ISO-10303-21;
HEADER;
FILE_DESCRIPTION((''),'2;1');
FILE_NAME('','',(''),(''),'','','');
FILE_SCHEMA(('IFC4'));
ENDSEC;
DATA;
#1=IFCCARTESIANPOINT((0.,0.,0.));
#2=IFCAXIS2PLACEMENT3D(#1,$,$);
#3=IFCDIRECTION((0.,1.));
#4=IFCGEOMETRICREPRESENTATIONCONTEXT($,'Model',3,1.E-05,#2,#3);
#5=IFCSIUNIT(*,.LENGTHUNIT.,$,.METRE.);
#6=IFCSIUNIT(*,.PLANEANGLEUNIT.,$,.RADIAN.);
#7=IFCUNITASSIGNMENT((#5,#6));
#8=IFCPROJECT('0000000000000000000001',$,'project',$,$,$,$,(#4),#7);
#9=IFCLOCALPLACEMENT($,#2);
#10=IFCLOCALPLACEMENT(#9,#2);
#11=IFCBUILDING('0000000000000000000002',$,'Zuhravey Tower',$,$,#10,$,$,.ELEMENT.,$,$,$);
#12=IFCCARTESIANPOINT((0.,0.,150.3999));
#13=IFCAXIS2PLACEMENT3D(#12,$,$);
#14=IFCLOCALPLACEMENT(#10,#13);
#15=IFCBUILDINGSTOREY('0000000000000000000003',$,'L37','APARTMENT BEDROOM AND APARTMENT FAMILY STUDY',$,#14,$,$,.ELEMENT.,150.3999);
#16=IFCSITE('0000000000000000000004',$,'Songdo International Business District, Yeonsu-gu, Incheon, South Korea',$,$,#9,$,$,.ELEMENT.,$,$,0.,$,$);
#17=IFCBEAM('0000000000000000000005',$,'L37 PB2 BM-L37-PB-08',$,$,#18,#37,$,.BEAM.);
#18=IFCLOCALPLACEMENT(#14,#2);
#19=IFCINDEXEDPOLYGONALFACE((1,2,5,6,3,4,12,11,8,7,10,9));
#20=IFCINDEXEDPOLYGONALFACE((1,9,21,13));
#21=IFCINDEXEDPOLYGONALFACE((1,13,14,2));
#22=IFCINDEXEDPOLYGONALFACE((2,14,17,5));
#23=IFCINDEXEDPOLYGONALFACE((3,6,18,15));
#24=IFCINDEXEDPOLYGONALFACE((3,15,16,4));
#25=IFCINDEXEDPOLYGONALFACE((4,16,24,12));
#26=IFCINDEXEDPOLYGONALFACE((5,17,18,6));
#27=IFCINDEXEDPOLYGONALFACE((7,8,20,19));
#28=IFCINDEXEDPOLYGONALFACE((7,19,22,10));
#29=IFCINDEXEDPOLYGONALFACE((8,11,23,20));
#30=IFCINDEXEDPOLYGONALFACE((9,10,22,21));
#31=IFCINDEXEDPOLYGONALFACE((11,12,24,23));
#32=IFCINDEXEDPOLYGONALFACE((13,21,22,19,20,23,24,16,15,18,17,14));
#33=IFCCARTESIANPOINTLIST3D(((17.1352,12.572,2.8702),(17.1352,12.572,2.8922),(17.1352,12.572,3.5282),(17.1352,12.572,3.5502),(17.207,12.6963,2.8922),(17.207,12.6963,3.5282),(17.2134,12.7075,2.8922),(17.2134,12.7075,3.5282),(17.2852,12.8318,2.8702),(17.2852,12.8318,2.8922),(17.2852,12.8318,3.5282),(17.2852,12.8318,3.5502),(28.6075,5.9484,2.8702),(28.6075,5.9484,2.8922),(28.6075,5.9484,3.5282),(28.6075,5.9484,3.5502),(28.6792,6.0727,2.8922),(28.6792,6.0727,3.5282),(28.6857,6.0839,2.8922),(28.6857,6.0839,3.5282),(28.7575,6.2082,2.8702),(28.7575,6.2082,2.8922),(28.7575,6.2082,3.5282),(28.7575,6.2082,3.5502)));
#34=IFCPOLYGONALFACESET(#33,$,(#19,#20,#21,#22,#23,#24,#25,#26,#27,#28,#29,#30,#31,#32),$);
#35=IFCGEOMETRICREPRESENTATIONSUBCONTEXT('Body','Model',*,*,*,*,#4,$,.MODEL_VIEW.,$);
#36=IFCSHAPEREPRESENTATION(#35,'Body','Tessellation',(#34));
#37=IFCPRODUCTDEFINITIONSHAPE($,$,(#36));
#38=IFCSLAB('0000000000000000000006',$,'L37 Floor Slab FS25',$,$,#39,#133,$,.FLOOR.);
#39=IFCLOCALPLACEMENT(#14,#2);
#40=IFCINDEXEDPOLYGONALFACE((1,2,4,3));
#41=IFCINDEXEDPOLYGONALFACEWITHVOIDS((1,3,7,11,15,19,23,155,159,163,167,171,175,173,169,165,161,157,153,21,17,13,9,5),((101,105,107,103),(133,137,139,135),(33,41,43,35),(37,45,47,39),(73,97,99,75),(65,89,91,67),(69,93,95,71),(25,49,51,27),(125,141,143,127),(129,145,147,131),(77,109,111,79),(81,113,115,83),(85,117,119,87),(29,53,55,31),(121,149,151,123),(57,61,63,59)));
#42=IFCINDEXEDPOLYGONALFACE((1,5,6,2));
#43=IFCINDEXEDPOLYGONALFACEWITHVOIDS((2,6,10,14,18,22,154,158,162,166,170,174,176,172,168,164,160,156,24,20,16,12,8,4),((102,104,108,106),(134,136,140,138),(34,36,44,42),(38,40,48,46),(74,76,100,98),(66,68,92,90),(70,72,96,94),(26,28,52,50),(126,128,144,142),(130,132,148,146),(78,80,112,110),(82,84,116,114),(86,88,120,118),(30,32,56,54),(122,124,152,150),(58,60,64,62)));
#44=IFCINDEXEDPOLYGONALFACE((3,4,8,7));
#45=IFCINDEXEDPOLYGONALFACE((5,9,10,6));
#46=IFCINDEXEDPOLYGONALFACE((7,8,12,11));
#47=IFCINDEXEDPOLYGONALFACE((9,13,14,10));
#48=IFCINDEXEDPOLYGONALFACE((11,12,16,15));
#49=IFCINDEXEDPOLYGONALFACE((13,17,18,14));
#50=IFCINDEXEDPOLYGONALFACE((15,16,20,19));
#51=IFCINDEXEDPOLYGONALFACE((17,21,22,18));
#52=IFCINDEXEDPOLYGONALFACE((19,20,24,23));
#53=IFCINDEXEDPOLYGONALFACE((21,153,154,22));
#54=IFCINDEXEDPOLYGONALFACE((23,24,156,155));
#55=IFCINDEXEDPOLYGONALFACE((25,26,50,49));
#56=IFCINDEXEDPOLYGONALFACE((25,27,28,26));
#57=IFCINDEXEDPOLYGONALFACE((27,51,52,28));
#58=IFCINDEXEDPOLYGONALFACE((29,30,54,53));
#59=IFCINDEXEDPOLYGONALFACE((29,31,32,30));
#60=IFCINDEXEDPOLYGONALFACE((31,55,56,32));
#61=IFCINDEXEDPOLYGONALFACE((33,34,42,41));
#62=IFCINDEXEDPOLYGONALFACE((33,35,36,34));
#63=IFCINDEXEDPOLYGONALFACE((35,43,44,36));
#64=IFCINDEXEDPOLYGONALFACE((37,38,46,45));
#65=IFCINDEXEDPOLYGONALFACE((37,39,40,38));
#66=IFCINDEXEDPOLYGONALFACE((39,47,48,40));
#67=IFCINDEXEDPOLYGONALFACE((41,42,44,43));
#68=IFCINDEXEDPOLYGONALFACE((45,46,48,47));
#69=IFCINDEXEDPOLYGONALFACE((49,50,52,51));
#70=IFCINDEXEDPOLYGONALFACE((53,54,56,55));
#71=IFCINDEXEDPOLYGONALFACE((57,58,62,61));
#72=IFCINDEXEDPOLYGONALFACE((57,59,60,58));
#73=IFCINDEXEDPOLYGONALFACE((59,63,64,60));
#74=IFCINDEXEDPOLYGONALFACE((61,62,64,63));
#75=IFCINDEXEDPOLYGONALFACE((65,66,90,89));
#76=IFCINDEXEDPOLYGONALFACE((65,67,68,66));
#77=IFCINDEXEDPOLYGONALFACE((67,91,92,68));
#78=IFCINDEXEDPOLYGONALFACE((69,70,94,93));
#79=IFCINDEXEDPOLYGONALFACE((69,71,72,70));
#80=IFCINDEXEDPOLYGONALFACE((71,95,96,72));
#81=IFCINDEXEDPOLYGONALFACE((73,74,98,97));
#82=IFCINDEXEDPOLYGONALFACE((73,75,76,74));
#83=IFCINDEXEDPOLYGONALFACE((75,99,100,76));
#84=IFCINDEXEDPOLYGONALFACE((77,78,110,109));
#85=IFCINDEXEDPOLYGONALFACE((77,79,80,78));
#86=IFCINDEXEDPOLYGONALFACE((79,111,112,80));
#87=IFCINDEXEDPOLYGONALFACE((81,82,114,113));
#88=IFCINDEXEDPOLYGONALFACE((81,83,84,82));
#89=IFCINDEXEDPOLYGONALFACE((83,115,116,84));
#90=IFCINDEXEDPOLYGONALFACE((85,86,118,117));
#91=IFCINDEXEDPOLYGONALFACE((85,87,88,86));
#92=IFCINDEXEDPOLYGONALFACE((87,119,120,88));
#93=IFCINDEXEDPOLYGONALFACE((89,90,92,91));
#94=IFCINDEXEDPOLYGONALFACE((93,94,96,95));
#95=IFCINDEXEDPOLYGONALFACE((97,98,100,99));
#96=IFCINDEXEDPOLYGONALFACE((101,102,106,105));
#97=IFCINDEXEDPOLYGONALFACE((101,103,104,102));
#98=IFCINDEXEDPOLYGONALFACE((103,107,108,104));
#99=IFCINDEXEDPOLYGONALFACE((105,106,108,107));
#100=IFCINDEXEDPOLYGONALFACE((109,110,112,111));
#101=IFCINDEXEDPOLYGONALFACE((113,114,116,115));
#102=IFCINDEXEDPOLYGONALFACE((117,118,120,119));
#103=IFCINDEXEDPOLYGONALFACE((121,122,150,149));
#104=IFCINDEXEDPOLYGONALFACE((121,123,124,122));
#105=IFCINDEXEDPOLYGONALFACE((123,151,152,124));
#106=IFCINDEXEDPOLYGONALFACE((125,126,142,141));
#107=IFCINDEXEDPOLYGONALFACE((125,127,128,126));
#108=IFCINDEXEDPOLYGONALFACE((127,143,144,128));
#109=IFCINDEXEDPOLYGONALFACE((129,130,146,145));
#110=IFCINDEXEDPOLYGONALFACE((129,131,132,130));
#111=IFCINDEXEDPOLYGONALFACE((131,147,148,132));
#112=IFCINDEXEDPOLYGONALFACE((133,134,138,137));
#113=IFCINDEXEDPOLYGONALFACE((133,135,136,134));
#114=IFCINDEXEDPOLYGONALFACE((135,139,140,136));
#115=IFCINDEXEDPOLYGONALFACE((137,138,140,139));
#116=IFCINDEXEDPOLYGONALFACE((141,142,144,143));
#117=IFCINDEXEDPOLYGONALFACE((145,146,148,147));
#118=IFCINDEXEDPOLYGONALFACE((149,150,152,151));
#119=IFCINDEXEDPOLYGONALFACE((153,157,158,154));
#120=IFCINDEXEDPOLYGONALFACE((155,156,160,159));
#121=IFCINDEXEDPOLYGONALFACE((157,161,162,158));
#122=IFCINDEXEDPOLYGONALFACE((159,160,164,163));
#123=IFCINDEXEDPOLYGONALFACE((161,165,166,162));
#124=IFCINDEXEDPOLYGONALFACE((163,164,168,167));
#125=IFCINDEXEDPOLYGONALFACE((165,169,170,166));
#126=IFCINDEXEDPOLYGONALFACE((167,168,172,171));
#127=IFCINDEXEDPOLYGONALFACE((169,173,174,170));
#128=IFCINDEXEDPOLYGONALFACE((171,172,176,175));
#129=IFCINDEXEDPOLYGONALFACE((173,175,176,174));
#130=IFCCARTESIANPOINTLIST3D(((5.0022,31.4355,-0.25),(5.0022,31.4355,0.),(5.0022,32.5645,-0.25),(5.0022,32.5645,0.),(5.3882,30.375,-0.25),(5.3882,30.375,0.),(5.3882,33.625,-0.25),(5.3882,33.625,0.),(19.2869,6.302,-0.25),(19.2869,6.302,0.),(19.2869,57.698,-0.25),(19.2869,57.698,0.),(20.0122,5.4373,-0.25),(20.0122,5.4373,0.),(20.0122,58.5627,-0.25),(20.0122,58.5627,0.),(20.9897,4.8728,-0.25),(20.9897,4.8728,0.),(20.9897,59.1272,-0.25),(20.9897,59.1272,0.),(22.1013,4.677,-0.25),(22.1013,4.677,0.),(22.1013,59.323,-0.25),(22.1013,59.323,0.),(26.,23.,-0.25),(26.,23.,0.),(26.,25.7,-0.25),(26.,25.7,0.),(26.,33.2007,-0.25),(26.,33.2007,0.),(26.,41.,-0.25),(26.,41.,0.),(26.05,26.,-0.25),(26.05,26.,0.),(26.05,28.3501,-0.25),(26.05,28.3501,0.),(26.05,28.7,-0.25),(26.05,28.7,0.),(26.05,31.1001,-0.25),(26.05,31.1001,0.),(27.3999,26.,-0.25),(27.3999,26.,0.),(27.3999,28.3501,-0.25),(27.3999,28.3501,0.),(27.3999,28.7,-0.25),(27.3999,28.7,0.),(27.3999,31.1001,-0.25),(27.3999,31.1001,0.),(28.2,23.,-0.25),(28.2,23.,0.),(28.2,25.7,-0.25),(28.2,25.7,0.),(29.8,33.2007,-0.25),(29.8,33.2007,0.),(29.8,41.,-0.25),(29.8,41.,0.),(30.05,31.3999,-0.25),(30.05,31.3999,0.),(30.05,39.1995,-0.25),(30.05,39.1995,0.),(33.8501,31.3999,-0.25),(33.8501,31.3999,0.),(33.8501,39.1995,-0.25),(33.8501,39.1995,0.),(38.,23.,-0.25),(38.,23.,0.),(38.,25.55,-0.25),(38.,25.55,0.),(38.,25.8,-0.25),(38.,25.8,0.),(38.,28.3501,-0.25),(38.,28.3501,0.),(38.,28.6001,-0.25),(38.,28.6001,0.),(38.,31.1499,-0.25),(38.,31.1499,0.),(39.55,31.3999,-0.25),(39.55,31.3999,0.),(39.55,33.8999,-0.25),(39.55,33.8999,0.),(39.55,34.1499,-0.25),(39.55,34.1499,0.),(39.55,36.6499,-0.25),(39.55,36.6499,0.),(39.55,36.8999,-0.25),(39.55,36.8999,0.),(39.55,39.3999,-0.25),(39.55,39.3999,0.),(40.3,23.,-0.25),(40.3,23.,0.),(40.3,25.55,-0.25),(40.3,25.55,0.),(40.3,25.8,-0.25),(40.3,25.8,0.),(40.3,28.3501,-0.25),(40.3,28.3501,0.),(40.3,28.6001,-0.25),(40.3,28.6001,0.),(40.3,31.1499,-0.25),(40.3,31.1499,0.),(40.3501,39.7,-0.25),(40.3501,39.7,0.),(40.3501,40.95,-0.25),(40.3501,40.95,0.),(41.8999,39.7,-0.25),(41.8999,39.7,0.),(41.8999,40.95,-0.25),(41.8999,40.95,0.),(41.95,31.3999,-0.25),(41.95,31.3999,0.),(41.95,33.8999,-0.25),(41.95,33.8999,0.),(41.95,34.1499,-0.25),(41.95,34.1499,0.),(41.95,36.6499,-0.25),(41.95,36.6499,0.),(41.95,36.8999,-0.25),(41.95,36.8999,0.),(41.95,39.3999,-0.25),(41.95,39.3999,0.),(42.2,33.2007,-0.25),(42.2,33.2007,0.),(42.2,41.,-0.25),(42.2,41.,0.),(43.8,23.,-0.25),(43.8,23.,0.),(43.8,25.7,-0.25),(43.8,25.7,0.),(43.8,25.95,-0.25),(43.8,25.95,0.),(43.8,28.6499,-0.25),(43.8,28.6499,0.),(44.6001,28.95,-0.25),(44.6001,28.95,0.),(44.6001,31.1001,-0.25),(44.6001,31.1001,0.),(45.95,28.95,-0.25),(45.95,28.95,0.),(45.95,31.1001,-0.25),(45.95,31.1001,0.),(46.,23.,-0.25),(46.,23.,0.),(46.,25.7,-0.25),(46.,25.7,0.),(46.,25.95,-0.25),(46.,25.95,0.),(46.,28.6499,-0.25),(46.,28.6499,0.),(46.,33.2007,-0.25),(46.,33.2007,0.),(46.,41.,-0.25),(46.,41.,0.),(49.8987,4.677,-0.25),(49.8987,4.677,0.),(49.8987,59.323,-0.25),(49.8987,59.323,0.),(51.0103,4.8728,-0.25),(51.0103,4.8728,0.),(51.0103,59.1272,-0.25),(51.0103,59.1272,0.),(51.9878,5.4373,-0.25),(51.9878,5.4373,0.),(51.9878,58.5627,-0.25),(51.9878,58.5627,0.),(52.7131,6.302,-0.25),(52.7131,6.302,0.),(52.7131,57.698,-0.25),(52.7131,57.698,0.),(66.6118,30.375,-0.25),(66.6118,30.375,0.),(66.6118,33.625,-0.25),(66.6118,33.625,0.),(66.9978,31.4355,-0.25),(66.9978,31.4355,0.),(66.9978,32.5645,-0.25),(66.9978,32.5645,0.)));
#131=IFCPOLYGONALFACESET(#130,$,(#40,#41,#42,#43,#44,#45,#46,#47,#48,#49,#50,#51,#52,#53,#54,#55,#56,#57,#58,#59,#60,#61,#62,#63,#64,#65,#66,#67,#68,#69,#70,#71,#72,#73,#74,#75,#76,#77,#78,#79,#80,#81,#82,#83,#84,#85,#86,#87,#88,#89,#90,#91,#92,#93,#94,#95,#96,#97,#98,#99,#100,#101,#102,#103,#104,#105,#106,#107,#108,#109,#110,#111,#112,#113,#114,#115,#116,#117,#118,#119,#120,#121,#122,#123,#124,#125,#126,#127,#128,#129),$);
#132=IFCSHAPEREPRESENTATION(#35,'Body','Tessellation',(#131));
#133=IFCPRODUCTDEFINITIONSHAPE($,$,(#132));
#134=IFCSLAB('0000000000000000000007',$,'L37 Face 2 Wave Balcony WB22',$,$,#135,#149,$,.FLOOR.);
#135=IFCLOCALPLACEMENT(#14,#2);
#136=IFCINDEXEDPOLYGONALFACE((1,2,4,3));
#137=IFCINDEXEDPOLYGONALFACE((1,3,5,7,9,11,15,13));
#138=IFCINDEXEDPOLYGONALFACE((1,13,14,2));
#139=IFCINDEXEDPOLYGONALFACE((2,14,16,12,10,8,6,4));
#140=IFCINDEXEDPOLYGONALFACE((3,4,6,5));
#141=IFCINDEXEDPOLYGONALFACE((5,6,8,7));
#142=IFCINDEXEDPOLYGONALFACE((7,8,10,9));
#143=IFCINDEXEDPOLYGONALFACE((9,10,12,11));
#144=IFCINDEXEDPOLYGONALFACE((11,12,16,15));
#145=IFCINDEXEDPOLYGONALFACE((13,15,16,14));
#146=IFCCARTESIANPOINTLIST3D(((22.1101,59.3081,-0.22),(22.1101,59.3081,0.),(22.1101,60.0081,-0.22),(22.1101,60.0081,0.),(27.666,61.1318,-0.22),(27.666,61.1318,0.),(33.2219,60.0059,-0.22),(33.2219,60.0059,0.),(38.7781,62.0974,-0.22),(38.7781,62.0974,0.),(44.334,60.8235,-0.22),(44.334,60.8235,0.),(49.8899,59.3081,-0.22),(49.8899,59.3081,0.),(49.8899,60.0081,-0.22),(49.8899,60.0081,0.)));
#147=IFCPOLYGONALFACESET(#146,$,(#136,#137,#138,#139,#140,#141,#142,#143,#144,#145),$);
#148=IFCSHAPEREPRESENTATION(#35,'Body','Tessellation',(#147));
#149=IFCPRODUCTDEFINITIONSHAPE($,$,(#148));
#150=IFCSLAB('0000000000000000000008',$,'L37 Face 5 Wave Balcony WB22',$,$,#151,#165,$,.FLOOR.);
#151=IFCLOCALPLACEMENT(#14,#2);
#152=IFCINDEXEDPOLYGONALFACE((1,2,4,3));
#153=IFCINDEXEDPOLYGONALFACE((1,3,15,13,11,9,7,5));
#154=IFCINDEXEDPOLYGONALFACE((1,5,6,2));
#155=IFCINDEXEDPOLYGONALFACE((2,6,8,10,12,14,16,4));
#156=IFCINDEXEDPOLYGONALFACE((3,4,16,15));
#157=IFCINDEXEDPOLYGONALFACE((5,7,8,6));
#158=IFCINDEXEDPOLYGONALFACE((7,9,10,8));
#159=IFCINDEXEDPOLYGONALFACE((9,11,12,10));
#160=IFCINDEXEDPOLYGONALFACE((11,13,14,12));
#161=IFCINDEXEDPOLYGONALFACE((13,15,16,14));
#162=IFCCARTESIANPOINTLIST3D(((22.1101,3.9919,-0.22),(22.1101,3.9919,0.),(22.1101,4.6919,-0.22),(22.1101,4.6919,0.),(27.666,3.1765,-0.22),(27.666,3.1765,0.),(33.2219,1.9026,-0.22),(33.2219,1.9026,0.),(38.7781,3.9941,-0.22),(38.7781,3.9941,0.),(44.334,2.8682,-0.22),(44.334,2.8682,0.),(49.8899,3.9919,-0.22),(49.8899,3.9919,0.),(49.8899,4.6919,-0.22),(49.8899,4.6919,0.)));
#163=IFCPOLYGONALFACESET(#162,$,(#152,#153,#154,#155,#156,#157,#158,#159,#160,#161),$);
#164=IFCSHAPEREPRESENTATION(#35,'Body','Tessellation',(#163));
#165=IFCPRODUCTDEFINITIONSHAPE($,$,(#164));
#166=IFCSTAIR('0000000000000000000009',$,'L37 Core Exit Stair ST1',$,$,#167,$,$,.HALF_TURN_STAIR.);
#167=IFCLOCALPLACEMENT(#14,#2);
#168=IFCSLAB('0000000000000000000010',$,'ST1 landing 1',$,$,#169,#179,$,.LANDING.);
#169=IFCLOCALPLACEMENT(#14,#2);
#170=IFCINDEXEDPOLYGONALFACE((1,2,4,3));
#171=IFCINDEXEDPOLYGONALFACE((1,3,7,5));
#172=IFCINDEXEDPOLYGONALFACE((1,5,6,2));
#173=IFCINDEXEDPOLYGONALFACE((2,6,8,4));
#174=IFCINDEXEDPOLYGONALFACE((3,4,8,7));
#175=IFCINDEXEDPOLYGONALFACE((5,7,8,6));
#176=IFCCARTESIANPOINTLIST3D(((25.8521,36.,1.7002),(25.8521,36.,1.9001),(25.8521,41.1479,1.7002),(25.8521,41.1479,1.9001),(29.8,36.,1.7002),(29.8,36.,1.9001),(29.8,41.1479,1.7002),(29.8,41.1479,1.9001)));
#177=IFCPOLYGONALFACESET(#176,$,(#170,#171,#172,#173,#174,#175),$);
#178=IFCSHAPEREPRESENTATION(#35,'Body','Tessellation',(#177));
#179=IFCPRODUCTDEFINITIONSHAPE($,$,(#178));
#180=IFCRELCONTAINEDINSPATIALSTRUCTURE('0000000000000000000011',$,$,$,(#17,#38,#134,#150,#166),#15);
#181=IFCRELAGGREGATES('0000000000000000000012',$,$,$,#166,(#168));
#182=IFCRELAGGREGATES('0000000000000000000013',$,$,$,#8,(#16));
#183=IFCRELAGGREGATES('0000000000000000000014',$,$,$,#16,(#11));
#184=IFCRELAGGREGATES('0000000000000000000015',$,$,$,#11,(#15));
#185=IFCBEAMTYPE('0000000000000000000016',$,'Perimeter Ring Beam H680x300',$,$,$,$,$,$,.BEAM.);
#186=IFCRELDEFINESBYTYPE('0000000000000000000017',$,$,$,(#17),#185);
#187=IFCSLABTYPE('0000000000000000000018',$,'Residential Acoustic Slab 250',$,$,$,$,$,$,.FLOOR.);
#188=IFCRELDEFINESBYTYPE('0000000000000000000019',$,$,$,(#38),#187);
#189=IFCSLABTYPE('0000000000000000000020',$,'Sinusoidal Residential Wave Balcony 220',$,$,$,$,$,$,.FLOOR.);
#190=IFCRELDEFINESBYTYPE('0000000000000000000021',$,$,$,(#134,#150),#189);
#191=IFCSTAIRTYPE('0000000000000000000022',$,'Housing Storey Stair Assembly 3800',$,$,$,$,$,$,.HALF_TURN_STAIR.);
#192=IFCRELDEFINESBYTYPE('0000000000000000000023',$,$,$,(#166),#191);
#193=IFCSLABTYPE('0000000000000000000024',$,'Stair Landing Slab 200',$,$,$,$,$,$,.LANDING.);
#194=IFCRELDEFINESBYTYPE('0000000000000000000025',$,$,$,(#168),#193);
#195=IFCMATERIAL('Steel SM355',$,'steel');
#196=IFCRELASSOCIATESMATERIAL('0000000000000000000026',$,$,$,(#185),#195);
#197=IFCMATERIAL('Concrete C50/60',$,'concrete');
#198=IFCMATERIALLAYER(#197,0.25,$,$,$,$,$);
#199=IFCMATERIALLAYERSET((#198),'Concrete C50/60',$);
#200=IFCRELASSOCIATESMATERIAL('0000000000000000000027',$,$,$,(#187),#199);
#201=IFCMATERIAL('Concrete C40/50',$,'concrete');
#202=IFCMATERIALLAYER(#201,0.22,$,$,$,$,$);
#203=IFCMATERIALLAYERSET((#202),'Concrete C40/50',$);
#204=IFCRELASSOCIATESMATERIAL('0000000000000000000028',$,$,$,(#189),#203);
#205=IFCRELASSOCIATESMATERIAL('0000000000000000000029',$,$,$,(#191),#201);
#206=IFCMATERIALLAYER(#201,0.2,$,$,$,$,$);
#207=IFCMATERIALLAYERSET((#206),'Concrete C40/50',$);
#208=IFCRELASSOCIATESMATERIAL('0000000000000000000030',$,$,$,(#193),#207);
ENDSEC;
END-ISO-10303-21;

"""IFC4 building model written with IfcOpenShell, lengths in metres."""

from ifc_helpers import new_model, si_unit, direction, frame, origin, origin_2d, place, context, subcontext, project, spatial, polyline, i_section, outline, extrude, material, layer, layer_set, material_profile, profile_set, type_object, element, aggregate, save


model = new_model("IFC4")

# Units and contexts
model_context = context("Model", 3, precision=1e-05, world=origin(), true_north=direction((0.0, 1.0)))
body_context = subcontext(model_context, "Body", "Model", "MODEL_VIEW")
ifc_project = project(units=[si_unit("LENGTHUNIT", "METRE"), si_unit("PLANEANGLEUNIT", "RADIAN")], contexts=[model_context])

# Site, building, storey
site_placement = place(None, origin())
site = spatial("IfcSite", under=ifc_project, at=site_placement, Name="Songdo International Business District, Yeonsu-gu, Incheon, South Korea", CompositionType="ELEMENT", RefElevation=0.0)
building_placement = place(site_placement, origin())
building = spatial("IfcBuilding", under=site, at=building_placement, Name="Zuhravey Tower", CompositionType="ELEMENT")
storey_placement = place(building_placement, frame((0.0, 0.0, 150.3999)))
storey = spatial("IfcBuildingStorey", under=building, at=storey_placement, Name="L37", Description="APARTMENT BEDROOM AND APARTMENT FAMILY STUDY", CompositionType="ELEMENT", Elevation=150.3999)

# Beam
ifc_material_1 = material(Name="Steel SM355", Category="steel")
ifc_material_profile_1 = material_profile(ifc_material_1, i_section(OverallWidth=0.3, OverallDepth=0.6799, WebThickness=0.0129, FlangeThickness=0.022, at=origin_2d()), Name="H-680x300x13x22")
ifc_profile_set_1 = profile_set([ifc_material_profile_1], Name="Steel SM355")
beam_type_1 = type_object("IfcBeamType", Name="Perimeter Ring Beam H680x300", PredefinedType="BEAM", material=ifc_profile_set_1)
beam_1_placement = place(storey_placement, frame((17.2102, 12.7019, 3.2102), z_axis=(0.866023, -0.500004, 0.0), x_axis=(0.500004, 0.866023, 0.0)))
element("IfcBeam", 1, at=beam_1_placement, inside=storey, type_object=beam_type_1, Name="L37 PB2 BM-L37-PB-08", PredefinedType="BEAM", context=body_context, shape_type="SweptSolid", body=[
    extrude(i_section(OverallWidth=0.3, OverallDepth=0.6799, WebThickness=0.0129, FlangeThickness=0.022, at=origin_2d()), origin(), (0.0, 0.0, 1.0), 13.2471),
])

# Slabs
ifc_material_2 = material(Name="Concrete C50/60", Category="concrete")
ifc_layer_1 = layer(ifc_material_2, 0.25)
ifc_layer_set_1 = layer_set([ifc_layer_1], Name="Concrete C50/60")
slab_type_1 = type_object("IfcSlabType", Name="Residential Acoustic Slab 250", PredefinedType="FLOOR", material=ifc_layer_set_1)
slab_1_placement = place(storey_placement, frame((0.0, 0.0, -0.25)))
element("IfcSlab", 2, at=slab_1_placement, inside=storey, type_object=slab_type_1, Name="L37 Floor Slab FS25", PredefinedType="FLOOR", context=body_context, shape_type="SweptSolid", body=[
    extrude(outline(polyline([(66.6118, 30.375), (66.9978, 31.4355), (66.9978, 32.5645), (66.6118, 33.625), (52.7131, 57.698), (51.9878, 58.5627), (51.0103, 59.1272), (49.8987, 59.323), (22.1013, 59.323), (20.9897, 59.1272), (20.0122, 58.5627), (19.2869, 57.698), (5.3882, 33.625), (5.0022, 32.5645), (5.0022, 31.4355), (5.3882, 30.375), (19.2869, 6.302), (20.0122, 5.4373), (20.9897, 4.8728), (22.1013, 4.677), (49.8987, 4.677), (51.0103, 4.8728), (51.9878, 5.4373), (52.7131, 6.302), (66.6118, 30.375)]), holes=[polyline([(29.8, 33.2007), (29.8, 41.0), (26.0, 41.0), (26.0, 33.2007), (29.8, 33.2007)]), polyline([(46.0, 33.2007), (46.0, 41.0), (42.2, 41.0), (42.2, 33.2007), (46.0, 33.2007)]), polyline([(30.05, 39.1995), (30.05, 31.3999), (33.8501, 31.3999), (33.8501, 39.1995), (30.05, 39.1995)]), polyline([(38.0, 23.0), (40.3, 23.0), (40.3, 25.55), (38.0, 25.55), (38.0, 23.0)]), polyline([(38.0, 25.8), (40.3, 25.8), (40.3, 28.3501), (38.0, 28.3501), (38.0, 25.8)]), polyline([(38.0, 28.6001), (40.3, 28.6001), (40.3, 31.1499), (38.0, 31.1499), (38.0, 28.6001)]), polyline([(39.55, 31.3999), (41.95, 31.3999), (41.95, 33.8999), (39.55, 33.8999), (39.55, 31.3999)]), polyline([(39.55, 34.1499), (41.95, 34.1499), (41.95, 36.6499), (39.55, 36.6499), (39.55, 34.1499)]), polyline([(39.55, 36.8999), (41.95, 36.8999), (41.95, 39.3999), (39.55, 39.3999), (39.55, 36.8999)]), polyline([(26.0, 23.0), (28.2, 23.0), (28.2, 25.7), (26.0, 25.7), (26.0, 23.0)]), polyline([(43.8, 23.0), (46.0, 23.0), (46.0, 25.7), (43.8, 25.7), (43.8, 23.0)]), polyline([(43.8, 25.95), (46.0, 25.95), (46.0, 28.6499), (43.8, 28.6499), (43.8, 25.95)]), polyline([(26.05, 26.0), (27.3999, 26.0), (27.3999, 28.3501), (26.05, 28.3501), (26.05, 26.0)]), polyline([(26.05, 28.7), (27.3999, 28.7), (27.3999, 31.1001), (26.05, 31.1001), (26.05, 28.7)]), polyline([(44.6001, 28.95), (45.95, 28.95), (45.95, 31.1001), (44.6001, 31.1001), (44.6001, 28.95)]), polyline([(40.3501, 39.7), (41.8999, 39.7), (41.8999, 40.95), (40.3501, 40.95), (40.3501, 39.7)])]), origin(), (0.0, 0.0, 1.0), 0.25),
])
ifc_material_3 = material(Name="Concrete C40/50", Category="concrete")
ifc_layer_2 = layer(ifc_material_3, 0.22)
ifc_layer_set_2 = layer_set([ifc_layer_2], Name="Concrete C40/50")
slab_type_2 = type_object("IfcSlabType", Name="Sinusoidal Residential Wave Balcony 220", PredefinedType="FLOOR", material=ifc_layer_set_2)
slab_2_placement = place(storey_placement, frame((0.0, 0.0, -0.22)))
element("IfcSlab", 3, at=slab_2_placement, inside=storey, type_object=slab_type_2, Name="L37 Face 2 Wave Balcony WB22", PredefinedType="FLOOR", context=body_context, shape_type="SweptSolid", body=[
    extrude(outline(polyline([(49.8899, 59.3081), (22.1101, 59.3081), (22.1101, 60.0081), (27.666, 61.1318), (33.2219, 60.0059), (38.7781, 62.0974), (44.334, 60.8235), (49.8899, 60.0081), (49.8899, 59.3081)])), origin(), (0.0, 0.0, 1.0), 0.22),
])
slab_3_placement = place(storey_placement, frame((0.0, 0.0, -0.22)))
element("IfcSlab", 4, at=slab_3_placement, inside=storey, type_object=slab_type_2, Name="L37 Face 5 Wave Balcony WB22", PredefinedType="FLOOR", context=body_context, shape_type="SweptSolid", body=[
    extrude(outline(polyline([(22.1101, 4.6919), (49.8899, 4.6919), (49.8899, 3.9919), (44.334, 2.8682), (38.7781, 3.9941), (33.2219, 1.9026), (27.666, 3.1765), (22.1101, 3.9919), (22.1101, 4.6919)])), origin(), (0.0, 0.0, 1.0), 0.22),
])

# Stair, slab
stair_type = type_object("IfcStairType", Name="Housing Storey Stair Assembly 3800", PredefinedType="HALF_TURN_STAIR", material=ifc_material_3)
stair_1_placement = place(storey_placement, origin())
stair_1 = element("IfcStair", 5, at=stair_1_placement, inside=storey, type_object=stair_type, Name="L37 Core Exit Stair ST1", PredefinedType="HALF_TURN_STAIR")
ifc_layer_3 = layer(ifc_material_3, 0.2)
ifc_layer_set_3 = layer_set([ifc_layer_3], Name="Concrete C40/50")
slab_type_3 = type_object("IfcSlabType", Name="Stair Landing Slab 200", PredefinedType="LANDING", material=ifc_layer_set_3)
slab_4_placement = place(storey_placement, frame((0.0, 0.0, 1.7002)))
slab_4 = element("IfcSlab", 6, at=slab_4_placement, type_object=slab_type_3, Name="ST1 landing 1", PredefinedType="LANDING", context=body_context, shape_type="SweptSolid", body=[
    extrude(outline(polyline([(29.8, 36.0), (29.8, 41.1479), (25.8521, 41.1479), (25.8521, 36.0), (29.8, 36.0)])), origin(), (0.0, 0.0, 1.0), 0.2),
])
aggregate(stair_1, [slab_4])

save(model, "model.ifc")
